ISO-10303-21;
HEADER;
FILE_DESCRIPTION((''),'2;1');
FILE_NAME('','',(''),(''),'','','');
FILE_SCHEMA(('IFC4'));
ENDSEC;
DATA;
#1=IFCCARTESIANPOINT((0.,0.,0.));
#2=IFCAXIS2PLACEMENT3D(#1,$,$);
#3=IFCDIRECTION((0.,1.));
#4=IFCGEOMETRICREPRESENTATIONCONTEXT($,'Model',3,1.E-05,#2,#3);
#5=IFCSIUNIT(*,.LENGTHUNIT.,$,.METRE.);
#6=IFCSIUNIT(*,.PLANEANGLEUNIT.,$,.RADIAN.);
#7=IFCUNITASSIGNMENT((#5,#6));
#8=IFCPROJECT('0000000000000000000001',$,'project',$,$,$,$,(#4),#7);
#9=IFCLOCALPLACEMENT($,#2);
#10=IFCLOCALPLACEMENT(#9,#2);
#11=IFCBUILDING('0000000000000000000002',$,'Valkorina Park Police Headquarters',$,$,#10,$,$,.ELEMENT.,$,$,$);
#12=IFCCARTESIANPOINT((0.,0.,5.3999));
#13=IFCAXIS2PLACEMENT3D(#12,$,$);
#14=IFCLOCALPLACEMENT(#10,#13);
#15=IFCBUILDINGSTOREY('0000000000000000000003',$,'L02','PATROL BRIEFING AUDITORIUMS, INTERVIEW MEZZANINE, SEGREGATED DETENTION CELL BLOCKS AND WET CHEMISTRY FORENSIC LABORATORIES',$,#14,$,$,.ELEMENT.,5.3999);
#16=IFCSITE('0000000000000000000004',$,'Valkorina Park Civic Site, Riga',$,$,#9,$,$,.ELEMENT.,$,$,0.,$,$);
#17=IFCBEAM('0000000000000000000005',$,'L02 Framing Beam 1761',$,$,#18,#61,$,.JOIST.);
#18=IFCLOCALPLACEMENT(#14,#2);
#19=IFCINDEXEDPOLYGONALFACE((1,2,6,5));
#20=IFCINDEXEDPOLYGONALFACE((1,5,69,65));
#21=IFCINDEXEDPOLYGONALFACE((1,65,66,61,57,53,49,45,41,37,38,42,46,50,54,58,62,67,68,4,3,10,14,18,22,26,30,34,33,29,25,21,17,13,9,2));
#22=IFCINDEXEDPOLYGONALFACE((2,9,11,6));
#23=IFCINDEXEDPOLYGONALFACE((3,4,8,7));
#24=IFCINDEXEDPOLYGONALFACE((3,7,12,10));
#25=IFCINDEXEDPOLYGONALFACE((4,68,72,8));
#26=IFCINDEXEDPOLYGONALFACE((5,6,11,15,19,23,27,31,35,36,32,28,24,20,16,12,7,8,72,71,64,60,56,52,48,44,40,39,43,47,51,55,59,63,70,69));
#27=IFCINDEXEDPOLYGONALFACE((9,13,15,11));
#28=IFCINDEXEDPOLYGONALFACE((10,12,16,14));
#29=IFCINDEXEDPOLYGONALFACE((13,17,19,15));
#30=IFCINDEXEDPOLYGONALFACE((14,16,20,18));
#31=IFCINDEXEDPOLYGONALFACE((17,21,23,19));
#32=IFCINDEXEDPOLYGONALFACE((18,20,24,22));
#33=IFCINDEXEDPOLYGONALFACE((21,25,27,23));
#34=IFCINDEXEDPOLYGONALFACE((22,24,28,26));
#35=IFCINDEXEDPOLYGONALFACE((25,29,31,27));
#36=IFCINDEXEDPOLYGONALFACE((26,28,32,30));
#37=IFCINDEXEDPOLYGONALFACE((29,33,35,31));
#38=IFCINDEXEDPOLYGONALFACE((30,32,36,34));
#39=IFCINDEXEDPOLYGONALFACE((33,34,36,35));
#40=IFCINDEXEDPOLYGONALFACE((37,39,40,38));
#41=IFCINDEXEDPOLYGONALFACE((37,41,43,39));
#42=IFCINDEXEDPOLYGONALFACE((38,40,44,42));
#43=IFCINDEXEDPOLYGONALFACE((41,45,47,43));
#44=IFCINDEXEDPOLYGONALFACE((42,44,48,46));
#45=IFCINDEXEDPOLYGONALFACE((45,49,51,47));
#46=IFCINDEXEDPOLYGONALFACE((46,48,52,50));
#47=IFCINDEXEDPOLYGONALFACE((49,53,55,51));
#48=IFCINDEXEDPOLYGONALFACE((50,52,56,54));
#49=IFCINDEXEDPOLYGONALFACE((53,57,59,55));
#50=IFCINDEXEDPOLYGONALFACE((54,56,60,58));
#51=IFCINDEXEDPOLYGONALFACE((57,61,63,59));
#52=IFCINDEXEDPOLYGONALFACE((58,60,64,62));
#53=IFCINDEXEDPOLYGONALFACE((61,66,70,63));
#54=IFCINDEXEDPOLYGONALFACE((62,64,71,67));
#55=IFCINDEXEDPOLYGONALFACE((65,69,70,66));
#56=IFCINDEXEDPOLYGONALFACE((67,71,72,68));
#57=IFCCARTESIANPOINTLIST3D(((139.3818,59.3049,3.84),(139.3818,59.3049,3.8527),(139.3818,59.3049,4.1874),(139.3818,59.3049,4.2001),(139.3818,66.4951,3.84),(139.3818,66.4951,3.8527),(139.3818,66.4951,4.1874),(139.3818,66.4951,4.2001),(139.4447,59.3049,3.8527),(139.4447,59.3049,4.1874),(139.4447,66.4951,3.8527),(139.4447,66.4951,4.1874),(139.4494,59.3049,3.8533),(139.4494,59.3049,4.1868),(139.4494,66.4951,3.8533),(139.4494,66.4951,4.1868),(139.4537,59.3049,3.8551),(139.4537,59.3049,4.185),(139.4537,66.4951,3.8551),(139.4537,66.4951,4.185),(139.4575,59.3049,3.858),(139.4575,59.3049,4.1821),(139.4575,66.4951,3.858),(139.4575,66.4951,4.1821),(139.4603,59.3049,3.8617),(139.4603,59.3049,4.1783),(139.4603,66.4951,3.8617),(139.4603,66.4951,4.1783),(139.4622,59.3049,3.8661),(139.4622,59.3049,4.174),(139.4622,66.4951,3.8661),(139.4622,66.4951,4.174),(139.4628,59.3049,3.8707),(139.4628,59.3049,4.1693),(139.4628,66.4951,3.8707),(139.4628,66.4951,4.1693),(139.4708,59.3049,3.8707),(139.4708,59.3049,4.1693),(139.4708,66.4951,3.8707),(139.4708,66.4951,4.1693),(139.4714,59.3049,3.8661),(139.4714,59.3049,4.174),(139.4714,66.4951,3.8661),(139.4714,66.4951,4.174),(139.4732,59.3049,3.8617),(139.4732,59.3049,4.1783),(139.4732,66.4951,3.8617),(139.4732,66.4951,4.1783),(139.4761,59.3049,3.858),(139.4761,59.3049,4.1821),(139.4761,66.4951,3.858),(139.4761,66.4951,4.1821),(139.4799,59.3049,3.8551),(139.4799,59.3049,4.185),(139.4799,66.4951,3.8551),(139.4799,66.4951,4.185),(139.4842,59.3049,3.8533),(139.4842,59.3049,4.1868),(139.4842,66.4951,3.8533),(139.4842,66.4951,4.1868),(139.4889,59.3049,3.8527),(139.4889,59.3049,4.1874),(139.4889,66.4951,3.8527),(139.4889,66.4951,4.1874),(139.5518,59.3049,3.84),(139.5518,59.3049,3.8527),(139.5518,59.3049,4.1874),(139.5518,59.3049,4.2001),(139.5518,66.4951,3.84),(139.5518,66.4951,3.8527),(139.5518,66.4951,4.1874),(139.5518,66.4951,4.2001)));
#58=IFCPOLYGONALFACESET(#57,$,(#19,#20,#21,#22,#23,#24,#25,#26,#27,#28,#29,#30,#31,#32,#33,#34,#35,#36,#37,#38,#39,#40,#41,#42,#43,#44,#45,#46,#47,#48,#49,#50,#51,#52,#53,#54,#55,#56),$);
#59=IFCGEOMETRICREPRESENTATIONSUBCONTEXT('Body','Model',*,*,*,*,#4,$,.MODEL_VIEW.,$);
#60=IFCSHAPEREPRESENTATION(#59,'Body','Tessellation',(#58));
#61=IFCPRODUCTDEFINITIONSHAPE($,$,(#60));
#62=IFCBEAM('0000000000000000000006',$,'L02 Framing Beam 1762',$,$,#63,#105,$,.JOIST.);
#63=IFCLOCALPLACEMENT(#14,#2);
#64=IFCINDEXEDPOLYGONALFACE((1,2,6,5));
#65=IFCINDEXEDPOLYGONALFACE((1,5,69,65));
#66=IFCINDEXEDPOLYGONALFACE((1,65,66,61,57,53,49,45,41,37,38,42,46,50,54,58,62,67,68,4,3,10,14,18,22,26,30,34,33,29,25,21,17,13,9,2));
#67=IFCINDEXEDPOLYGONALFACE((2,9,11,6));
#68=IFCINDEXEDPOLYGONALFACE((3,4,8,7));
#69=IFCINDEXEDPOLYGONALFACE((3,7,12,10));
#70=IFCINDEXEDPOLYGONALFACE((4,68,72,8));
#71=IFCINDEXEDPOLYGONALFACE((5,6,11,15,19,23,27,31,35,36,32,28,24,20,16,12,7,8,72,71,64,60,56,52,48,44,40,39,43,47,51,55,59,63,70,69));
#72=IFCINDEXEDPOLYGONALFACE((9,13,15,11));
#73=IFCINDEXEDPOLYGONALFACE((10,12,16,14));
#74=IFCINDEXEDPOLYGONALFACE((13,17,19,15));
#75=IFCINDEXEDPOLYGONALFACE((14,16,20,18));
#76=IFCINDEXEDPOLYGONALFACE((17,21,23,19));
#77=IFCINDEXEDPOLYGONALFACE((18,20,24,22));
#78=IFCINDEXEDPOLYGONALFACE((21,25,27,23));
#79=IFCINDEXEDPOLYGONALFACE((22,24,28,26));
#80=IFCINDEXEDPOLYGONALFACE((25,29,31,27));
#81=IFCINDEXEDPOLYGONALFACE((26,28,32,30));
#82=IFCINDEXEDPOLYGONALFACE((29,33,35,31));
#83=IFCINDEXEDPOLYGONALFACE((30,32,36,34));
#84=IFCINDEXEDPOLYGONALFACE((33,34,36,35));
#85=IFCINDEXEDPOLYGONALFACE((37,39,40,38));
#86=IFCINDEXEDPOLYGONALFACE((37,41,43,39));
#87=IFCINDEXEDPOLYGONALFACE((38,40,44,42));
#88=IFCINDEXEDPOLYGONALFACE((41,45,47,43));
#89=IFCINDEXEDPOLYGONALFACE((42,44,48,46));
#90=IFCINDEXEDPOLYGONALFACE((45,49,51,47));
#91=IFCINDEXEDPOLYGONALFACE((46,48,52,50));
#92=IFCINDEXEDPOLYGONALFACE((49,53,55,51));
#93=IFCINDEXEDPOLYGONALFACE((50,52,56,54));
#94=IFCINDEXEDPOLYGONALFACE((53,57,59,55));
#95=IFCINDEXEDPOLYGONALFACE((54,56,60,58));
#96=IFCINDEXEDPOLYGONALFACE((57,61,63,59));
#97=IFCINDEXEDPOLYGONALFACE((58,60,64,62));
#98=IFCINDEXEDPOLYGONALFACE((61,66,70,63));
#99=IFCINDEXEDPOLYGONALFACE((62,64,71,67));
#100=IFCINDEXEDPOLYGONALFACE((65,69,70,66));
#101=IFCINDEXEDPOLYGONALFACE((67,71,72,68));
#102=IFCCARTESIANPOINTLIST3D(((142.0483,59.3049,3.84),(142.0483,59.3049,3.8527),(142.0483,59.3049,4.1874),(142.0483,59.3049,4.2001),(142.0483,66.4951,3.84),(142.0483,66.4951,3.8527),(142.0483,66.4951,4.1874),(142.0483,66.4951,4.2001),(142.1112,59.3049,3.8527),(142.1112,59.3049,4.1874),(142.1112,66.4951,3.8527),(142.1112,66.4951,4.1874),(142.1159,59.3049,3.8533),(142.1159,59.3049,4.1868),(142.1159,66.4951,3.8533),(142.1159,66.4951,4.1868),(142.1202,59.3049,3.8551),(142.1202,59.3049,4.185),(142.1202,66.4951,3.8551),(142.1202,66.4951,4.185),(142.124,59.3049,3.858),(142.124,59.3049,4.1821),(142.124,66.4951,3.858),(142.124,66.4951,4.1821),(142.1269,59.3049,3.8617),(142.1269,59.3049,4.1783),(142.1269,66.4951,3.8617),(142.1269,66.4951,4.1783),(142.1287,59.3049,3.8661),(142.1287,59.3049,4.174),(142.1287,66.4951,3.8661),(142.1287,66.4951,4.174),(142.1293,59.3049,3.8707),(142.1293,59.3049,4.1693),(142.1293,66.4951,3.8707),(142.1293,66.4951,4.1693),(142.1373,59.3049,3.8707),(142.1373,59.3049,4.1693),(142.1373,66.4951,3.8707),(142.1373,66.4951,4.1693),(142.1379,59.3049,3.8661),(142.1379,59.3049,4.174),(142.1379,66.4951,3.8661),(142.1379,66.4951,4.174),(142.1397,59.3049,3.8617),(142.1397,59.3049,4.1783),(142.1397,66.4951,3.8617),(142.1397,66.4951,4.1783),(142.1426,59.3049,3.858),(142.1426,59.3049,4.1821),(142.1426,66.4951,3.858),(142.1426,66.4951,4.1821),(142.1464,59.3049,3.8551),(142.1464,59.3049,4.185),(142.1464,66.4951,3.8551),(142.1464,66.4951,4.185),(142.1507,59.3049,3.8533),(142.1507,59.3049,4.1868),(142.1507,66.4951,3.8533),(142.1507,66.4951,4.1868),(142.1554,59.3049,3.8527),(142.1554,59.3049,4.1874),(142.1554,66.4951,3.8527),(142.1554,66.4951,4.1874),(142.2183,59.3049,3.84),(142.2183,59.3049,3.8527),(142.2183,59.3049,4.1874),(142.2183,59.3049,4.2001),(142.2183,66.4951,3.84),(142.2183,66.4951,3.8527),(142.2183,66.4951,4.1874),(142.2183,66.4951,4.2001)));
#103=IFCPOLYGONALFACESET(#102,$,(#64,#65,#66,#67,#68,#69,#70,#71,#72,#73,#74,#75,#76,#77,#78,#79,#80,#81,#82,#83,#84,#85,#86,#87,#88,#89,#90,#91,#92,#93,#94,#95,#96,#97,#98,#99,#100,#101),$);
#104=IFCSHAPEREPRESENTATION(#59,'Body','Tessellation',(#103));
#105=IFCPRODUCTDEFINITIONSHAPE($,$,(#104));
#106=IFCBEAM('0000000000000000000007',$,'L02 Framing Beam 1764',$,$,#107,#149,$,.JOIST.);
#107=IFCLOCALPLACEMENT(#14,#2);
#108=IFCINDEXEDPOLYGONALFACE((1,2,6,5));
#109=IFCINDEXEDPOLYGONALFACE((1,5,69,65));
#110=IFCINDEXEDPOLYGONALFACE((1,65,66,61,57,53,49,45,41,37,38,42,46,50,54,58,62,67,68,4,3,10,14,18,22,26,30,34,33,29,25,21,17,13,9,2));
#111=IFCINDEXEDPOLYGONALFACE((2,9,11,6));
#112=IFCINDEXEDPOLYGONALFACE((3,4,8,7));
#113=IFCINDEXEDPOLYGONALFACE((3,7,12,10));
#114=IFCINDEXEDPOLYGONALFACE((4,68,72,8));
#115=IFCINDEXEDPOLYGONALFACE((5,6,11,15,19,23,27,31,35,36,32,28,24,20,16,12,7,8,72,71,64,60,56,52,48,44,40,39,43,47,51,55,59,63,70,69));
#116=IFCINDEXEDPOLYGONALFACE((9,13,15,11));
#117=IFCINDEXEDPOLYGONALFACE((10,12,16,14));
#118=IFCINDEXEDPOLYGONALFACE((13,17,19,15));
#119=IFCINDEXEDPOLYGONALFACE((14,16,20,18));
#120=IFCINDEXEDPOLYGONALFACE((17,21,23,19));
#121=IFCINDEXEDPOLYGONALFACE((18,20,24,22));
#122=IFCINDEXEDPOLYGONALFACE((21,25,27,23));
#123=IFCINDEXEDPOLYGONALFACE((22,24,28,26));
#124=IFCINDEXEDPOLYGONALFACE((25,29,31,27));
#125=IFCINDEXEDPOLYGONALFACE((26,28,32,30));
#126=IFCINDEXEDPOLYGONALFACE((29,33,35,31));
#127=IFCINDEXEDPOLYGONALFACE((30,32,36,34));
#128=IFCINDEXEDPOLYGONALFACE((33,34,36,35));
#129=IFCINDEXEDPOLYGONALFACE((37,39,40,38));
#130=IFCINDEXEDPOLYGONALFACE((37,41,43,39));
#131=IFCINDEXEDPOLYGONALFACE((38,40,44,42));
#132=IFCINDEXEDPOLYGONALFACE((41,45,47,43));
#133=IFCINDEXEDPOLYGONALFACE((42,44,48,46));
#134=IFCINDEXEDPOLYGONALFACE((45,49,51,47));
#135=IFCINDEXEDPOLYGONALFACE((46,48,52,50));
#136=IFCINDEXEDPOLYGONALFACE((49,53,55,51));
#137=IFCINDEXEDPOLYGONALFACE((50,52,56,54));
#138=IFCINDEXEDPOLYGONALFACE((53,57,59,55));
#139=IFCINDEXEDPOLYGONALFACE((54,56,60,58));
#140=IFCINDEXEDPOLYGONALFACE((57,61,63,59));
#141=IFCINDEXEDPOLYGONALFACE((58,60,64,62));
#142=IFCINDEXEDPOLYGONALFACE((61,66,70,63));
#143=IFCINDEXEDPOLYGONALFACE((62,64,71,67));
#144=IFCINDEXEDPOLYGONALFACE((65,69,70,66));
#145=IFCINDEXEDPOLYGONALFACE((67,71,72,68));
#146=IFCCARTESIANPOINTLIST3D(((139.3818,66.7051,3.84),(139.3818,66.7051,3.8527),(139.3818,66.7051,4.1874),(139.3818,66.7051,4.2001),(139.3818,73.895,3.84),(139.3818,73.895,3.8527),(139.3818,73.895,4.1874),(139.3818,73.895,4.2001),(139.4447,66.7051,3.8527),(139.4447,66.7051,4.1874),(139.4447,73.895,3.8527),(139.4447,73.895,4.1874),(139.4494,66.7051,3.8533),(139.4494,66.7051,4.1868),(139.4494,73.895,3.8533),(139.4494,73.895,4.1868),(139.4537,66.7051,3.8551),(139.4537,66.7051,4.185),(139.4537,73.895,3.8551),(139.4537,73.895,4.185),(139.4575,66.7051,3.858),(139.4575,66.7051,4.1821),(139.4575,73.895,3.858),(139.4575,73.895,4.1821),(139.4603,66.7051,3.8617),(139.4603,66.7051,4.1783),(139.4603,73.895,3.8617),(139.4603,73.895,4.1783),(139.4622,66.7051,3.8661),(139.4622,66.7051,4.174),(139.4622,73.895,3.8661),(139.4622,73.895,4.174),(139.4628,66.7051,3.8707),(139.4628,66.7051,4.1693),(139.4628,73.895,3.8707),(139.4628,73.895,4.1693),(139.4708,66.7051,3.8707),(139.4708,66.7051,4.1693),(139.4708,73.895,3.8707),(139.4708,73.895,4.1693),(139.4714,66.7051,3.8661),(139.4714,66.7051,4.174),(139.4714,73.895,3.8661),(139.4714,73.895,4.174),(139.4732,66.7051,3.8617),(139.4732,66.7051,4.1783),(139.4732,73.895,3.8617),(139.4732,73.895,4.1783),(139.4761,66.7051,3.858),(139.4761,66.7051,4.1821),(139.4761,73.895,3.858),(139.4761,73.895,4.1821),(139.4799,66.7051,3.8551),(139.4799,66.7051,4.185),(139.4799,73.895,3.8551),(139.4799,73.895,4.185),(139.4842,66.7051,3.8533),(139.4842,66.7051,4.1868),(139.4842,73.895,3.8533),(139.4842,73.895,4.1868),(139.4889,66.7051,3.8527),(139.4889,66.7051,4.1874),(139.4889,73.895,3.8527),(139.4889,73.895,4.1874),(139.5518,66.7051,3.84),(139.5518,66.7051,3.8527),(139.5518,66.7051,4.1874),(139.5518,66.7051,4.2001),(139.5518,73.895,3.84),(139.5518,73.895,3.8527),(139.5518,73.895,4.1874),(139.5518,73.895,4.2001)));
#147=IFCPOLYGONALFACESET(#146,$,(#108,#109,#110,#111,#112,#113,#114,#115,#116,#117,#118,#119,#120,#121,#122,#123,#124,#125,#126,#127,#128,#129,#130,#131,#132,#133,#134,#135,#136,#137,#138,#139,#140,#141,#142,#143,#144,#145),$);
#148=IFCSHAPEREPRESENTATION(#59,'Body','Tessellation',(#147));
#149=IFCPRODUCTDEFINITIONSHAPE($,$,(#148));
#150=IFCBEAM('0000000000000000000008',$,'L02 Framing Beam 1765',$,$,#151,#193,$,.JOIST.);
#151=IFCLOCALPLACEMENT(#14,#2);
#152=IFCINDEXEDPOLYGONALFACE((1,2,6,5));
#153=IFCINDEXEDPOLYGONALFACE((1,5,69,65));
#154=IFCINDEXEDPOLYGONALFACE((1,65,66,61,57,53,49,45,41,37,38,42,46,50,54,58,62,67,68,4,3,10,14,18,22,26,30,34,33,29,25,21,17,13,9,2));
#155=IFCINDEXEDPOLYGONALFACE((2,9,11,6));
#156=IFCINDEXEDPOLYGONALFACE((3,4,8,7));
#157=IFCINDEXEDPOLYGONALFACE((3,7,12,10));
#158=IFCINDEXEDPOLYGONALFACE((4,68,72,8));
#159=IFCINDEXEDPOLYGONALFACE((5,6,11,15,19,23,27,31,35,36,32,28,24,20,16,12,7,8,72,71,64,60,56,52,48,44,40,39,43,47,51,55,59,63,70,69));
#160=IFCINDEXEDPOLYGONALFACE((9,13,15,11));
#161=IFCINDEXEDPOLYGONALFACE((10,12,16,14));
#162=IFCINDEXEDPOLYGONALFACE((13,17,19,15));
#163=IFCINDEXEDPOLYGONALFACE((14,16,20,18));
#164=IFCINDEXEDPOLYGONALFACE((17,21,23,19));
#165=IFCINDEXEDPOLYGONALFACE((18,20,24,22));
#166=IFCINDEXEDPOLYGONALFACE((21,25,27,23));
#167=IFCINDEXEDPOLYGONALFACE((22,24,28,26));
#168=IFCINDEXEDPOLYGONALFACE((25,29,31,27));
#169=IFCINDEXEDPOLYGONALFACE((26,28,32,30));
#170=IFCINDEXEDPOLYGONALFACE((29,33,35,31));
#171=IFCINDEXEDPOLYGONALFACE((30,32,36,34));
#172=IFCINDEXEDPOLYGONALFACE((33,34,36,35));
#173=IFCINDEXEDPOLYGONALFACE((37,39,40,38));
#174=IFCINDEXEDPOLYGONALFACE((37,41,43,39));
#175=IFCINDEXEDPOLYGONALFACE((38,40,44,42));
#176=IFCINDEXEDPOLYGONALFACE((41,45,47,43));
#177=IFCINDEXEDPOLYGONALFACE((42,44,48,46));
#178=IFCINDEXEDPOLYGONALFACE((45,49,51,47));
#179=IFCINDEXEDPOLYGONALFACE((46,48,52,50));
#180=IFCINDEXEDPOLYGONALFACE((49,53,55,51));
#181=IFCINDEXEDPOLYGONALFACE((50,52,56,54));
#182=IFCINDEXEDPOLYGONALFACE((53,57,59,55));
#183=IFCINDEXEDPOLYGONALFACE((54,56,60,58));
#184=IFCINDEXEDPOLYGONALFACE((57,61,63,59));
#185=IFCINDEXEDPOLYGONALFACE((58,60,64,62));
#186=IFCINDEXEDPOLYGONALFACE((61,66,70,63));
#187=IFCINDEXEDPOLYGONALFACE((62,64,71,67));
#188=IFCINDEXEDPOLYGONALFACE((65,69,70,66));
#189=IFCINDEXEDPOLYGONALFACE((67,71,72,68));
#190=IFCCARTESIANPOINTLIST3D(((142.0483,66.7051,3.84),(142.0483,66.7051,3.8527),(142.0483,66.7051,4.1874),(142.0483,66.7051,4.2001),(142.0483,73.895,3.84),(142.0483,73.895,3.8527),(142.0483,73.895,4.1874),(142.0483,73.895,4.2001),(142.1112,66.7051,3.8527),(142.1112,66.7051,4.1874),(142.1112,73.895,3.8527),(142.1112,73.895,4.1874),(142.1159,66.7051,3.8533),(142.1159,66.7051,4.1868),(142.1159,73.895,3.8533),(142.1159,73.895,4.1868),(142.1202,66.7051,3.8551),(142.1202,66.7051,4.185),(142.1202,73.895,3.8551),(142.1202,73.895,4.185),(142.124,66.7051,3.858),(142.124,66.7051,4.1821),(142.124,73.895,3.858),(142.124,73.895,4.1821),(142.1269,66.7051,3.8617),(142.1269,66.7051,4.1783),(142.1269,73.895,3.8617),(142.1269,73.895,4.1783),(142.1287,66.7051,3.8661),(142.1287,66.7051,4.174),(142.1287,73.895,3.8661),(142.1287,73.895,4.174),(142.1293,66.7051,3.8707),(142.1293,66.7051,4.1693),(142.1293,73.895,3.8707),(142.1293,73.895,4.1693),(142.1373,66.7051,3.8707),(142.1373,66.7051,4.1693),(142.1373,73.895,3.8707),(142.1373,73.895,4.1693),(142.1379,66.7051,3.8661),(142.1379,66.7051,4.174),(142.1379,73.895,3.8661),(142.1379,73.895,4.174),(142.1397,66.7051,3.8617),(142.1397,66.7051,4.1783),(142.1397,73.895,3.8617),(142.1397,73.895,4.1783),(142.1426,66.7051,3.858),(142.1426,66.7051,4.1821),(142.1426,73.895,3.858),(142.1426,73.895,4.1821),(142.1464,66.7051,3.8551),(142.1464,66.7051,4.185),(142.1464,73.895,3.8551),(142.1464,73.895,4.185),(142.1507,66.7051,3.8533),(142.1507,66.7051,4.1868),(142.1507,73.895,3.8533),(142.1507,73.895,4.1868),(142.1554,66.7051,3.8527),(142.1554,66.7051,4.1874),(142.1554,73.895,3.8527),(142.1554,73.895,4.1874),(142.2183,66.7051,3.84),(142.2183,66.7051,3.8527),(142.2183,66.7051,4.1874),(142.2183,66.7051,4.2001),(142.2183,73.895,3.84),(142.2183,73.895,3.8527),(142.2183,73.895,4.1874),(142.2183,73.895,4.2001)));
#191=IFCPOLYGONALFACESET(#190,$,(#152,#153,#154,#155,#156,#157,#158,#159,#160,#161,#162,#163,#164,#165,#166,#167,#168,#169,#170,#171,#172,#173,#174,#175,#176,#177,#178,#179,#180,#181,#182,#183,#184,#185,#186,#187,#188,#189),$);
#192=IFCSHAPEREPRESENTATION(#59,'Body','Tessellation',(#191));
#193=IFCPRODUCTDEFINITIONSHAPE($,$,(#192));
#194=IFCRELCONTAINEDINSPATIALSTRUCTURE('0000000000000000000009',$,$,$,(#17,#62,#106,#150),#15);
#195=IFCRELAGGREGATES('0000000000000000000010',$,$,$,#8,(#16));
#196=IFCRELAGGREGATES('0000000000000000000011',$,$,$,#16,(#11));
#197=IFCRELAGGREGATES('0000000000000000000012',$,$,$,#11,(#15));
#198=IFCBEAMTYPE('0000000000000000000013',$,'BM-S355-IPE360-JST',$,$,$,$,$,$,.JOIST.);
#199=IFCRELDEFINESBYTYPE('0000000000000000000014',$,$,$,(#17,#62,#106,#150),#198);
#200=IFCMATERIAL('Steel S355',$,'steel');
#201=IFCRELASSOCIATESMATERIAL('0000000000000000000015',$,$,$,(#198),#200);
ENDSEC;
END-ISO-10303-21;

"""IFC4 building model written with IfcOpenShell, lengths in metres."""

from ifc_helpers import new_model, si_unit, direction, frame, origin, origin_2d, place, context, subcontext, project, spatial, i_section, extrude, material, material_profile, profile_set, type_object, element, save


model = new_model("IFC4")

# Units and contexts
model_context = context("Model", 3, precision=1e-05, world=origin(), true_north=direction((0.0, 1.0)))
body_context = subcontext(model_context, "Body", "Model", "MODEL_VIEW")
ifc_project = project(units=[si_unit("LENGTHUNIT", "METRE"), si_unit("PLANEANGLEUNIT", "RADIAN")], contexts=[model_context])

# Site, building, storey
site_placement = place(None, origin())
site = spatial("IfcSite", under=ifc_project, at=site_placement, Name="Valkorina Park Civic Site, Riga", CompositionType="ELEMENT", RefElevation=0.0)
building_placement = place(site_placement, origin())
building = spatial("IfcBuilding", under=site, at=building_placement, Name="Valkorina Park Police Headquarters", CompositionType="ELEMENT")
storey_placement = place(building_placement, frame((0.0, 0.0, 5.3999)))
storey = spatial("IfcBuildingStorey", under=building, at=storey_placement, Name="L02", Description="PATROL BRIEFING AUDITORIUMS, INTERVIEW MEZZANINE, SEGREGATED DETENTION CELL BLOCKS AND WET CHEMISTRY FORENSIC LABORATORIES", CompositionType="ELEMENT", Elevation=5.3999)

# Shared definitions
ifc_material_1 = material(Name="Steel S355", Category="steel")

# Beams
ifc_material_profile_1 = material_profile(ifc_material_1, i_section(OverallWidth=0.1699, OverallDepth=0.3601, WebThickness=0.0081, FlangeThickness=0.0127, FilletRadius=0.0181, at=origin_2d()), Name="IPE 360")
ifc_profile_set_1 = profile_set([ifc_material_profile_1], Name="Steel S355")
beam_type_1 = type_object("IfcBeamType", Name="BM-S355-IPE360-JST", PredefinedType="JOIST", material=ifc_profile_set_1)
for number, where, z_axis, x_axis, name in (
    (1, (139.4668, 59.3049, 4.02), (0.0, 1.0, 0.0), (-1.0, 0.0, 0.0), "L02 Framing Beam 1761"),
    (2, (142.1333, 59.3049, 4.02), (0.0, 1.0, 0.0), (-1.0, 0.0, 0.0), "L02 Framing Beam 1762"),
):
    element("IfcBeam", number, at=place(storey_placement, frame(where, z_axis=z_axis, x_axis=x_axis)), inside=storey, type_object=beam_type_1, Name=name, PredefinedType="JOIST", context=body_context, shape_type="SweptSolid", body=[
        extrude(i_section(OverallWidth=0.1699, OverallDepth=0.3601, WebThickness=0.0081, FlangeThickness=0.0127, FilletRadius=0.0181, at=origin_2d()), origin(), (0.0, 0.0, 1.0), 7.1902),
    ])
for number, where, z_axis, x_axis, name in (
    (3, (139.4668, 66.7051, 4.02), (0.0, 1.0, 0.0), (-1.0, 0.0, 0.0), "L02 Framing Beam 1764"),
    (4, (142.1333, 66.7051, 4.02), (0.0, 1.0, 0.0), (-1.0, 0.0, 0.0), "L02 Framing Beam 1765"),
):
    element("IfcBeam", number, at=place(storey_placement, frame(where, z_axis=z_axis, x_axis=x_axis)), inside=storey, type_object=beam_type_1, Name=name, PredefinedType="JOIST", context=body_context, shape_type="SweptSolid", body=[
        extrude(i_section(OverallWidth=0.1699, OverallDepth=0.3601, WebThickness=0.0081, FlangeThickness=0.0127, FilletRadius=0.0181, at=origin_2d()), origin(), (0.0, 0.0, 1.0), 7.1899),
    ])

save(model, "model.ifc")
